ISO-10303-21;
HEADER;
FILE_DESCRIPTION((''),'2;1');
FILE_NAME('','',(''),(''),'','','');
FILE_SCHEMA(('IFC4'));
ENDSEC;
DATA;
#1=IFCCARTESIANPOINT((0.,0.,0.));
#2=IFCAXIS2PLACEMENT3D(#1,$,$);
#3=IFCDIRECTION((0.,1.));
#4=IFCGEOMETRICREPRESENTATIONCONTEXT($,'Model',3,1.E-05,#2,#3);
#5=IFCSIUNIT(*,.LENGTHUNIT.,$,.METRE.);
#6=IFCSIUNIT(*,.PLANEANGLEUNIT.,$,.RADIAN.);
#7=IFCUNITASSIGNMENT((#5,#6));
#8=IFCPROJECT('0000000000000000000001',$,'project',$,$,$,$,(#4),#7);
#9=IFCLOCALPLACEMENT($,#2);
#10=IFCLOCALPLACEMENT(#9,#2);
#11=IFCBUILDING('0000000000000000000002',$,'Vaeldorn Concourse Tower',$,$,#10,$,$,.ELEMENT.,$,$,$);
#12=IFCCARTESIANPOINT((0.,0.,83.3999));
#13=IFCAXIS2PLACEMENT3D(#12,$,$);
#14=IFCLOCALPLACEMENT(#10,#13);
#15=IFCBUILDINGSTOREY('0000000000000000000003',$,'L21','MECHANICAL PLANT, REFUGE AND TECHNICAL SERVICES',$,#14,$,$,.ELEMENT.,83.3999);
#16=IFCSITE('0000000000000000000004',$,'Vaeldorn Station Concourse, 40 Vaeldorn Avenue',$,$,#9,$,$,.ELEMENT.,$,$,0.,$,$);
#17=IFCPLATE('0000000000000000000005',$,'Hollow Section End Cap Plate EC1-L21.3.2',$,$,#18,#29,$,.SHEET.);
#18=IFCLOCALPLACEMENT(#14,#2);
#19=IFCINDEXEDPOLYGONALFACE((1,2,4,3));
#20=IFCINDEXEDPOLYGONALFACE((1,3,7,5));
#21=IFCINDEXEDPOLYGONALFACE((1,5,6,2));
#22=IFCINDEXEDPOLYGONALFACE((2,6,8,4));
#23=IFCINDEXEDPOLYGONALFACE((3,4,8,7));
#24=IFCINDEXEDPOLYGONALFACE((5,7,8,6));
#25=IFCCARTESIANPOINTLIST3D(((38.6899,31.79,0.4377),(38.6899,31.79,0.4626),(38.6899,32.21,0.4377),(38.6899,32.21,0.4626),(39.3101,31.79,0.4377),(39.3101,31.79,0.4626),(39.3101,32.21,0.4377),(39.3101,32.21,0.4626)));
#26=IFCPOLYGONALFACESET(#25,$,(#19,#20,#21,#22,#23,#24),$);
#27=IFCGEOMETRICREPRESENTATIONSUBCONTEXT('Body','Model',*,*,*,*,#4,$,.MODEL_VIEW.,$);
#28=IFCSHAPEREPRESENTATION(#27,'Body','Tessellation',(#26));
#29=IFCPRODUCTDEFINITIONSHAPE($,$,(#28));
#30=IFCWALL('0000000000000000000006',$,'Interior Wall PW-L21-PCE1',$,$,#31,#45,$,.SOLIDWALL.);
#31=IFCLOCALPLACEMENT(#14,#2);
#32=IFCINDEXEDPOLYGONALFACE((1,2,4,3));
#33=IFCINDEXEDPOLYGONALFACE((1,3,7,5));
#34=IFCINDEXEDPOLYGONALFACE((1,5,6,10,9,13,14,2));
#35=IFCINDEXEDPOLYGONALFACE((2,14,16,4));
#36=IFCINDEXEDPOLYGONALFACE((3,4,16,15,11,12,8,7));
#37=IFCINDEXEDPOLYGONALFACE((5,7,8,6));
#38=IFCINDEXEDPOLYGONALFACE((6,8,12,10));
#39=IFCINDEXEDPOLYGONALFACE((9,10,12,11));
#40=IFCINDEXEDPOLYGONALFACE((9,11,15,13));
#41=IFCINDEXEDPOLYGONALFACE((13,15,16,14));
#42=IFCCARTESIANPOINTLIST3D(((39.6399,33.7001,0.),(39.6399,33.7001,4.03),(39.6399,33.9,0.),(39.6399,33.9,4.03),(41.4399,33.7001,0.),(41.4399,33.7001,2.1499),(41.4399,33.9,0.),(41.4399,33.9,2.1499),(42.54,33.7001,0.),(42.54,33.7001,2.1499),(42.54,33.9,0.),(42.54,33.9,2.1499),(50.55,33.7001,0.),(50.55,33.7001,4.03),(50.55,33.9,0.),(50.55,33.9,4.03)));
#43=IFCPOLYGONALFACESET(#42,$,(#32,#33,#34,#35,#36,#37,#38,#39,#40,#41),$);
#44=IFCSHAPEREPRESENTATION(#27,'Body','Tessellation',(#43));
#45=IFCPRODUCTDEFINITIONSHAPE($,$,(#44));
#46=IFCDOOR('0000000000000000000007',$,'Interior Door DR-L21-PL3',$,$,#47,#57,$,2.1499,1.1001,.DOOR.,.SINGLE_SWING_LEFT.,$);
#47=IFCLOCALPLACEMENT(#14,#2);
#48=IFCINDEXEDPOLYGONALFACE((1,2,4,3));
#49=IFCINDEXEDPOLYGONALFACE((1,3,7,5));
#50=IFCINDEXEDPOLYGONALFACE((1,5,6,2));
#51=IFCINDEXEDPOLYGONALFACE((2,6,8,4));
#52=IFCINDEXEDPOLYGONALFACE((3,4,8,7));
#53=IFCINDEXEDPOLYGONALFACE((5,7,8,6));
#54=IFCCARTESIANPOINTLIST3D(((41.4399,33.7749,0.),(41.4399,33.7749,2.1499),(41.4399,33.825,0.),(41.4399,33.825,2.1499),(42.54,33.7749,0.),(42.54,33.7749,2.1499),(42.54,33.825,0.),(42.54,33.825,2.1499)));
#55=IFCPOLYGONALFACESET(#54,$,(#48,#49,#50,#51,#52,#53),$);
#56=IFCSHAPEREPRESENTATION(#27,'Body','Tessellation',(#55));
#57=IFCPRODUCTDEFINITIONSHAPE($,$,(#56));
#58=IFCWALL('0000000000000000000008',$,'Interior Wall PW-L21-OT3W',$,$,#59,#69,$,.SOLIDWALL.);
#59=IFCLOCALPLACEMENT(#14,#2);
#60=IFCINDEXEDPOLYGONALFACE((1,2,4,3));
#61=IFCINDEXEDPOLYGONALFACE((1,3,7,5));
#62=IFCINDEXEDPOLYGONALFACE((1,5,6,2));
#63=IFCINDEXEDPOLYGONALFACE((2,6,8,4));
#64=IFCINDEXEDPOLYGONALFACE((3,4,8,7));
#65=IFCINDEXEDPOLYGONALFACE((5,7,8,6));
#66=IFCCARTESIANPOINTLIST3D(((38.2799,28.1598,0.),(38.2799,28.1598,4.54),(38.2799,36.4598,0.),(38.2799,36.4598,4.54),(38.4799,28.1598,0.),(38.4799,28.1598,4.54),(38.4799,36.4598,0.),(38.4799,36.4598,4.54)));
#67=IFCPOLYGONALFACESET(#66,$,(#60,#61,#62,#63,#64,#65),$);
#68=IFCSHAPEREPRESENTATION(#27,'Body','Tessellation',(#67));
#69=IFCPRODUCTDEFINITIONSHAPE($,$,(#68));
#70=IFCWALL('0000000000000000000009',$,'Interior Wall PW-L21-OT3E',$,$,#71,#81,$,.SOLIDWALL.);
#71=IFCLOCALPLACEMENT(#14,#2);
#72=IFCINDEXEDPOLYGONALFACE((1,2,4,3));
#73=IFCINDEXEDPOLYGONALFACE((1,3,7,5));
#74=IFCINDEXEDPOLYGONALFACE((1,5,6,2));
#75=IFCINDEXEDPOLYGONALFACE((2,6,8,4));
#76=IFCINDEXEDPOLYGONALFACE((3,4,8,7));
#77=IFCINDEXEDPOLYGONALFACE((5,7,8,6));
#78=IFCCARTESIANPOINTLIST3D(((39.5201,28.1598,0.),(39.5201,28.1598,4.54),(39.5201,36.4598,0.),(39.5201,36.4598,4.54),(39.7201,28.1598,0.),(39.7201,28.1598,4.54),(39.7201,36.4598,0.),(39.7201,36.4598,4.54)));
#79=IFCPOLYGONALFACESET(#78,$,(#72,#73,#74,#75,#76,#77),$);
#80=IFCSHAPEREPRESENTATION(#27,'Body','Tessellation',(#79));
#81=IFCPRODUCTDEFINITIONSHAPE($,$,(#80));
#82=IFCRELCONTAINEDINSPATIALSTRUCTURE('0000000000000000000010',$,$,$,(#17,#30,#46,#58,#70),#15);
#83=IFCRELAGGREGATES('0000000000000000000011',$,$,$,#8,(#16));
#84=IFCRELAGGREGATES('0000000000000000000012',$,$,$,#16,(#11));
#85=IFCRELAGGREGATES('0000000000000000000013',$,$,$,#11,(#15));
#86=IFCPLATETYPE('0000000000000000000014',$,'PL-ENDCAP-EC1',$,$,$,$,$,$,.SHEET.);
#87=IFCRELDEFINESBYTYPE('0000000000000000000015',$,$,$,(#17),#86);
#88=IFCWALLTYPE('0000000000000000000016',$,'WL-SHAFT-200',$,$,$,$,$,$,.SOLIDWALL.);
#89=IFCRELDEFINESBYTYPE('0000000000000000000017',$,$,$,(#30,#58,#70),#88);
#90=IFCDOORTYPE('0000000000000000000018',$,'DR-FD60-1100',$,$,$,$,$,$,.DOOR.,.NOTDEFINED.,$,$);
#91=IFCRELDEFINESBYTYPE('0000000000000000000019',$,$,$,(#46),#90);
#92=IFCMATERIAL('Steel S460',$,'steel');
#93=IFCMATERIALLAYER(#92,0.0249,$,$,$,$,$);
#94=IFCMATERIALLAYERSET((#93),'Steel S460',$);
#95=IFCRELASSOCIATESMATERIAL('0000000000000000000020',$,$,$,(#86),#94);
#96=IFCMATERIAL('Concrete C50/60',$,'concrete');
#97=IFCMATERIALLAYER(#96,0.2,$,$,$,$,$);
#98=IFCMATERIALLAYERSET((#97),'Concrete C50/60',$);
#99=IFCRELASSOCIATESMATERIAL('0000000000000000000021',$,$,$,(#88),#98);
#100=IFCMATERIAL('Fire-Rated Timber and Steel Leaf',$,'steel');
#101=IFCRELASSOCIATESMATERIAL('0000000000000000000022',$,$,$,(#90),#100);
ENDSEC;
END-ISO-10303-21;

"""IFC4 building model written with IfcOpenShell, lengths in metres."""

from ifc_helpers import new_model, si_unit, direction, frame, frame_2d, origin, origin_2d, place, context, subcontext, project, spatial, rectangle, extrude, source, transform, mapped, material, layer, layer_set, type_object, element, fill, save


model = new_model("IFC4")

# Units and contexts
model_context = context("Model", 3, precision=1e-05, world=origin(), true_north=direction((0.0, 1.0)))
body_context = subcontext(model_context, "Body", "Model", "MODEL_VIEW")
ifc_project = project(units=[si_unit("LENGTHUNIT", "METRE"), si_unit("PLANEANGLEUNIT", "RADIAN")], contexts=[model_context])

# Site, building, storey
site_placement = place(None, origin())
site = spatial("IfcSite", under=ifc_project, at=site_placement, Name="Vaeldorn Station Concourse, 40 Vaeldorn Avenue", CompositionType="ELEMENT", RefElevation=0.0)
building_placement = place(site_placement, origin())
building = spatial("IfcBuilding", under=site, at=building_placement, Name="Vaeldorn Concourse Tower", CompositionType="ELEMENT")
storey_placement = place(building_placement, frame((0.0, 0.0, 83.3999)))
storey = spatial("IfcBuildingStorey", under=building, at=storey_placement, Name="L21", Description="MECHANICAL PLANT, REFUGE AND TECHNICAL SERVICES", CompositionType="ELEMENT", Elevation=83.3999)

# Shared definitions
ifc_material_1 = material(Name="Steel S460", Category="steel")

# Plate
ifc_layer_1 = layer(ifc_material_1, 0.0249)
ifc_layer_set_1 = layer_set([ifc_layer_1], Name="Steel S460")
plate_type_1 = type_object("IfcPlateType", Name="PL-ENDCAP-EC1", PredefinedType="SHEET", material=ifc_layer_set_1)
shared_shape_1 = source(origin(), body_context, "Body", "SweptSolid", [
    extrude(rectangle(XDim=0.6201, YDim=0.4199, at=origin_2d()), origin(), (0.0, 0.0, 1.0), 0.0249),
])
plate_placement = place(storey_placement, frame((39.0, 32.0, 0.4377), z_axis=(0.0, 0.0, 1.0), x_axis=(1.0, 0.0, 0.0)))
element("IfcPlate", 1, at=plate_placement, inside=storey, type_object=plate_type_1, Name="Hollow Section End Cap Plate EC1-L21.3.2", PredefinedType="SHEET", context=body_context, shape_type="MappedRepresentation", body=[
    mapped(shared_shape_1, transform((0.0, 0.0, 0.0), scale=1.0)),
])

# Wall, opening, door
ifc_material_2 = material(Name="Concrete C50/60", Category="concrete")
ifc_layer_2 = layer(ifc_material_2, 0.2)
ifc_layer_set_2 = layer_set([ifc_layer_2], Name="Concrete C50/60")
wall_type = type_object("IfcWallType", Name="WL-SHAFT-200", PredefinedType="SOLIDWALL", material=ifc_layer_set_2)
wall_placement = place(storey_placement, frame((39.6399, 33.8, 0.0), z_axis=(0.0, 0.0, 1.0), x_axis=(1.0, 0.0, 0.0)))
wall = element("IfcWall", 2, at=wall_placement, inside=storey, type_object=wall_type, Name="Interior Wall PW-L21-PCE1", PredefinedType="SOLIDWALL", context=body_context, shape_type="SweptSolid", body=[
    extrude(rectangle(XDim=10.9102, YDim=0.2, at=frame_2d((5.4551, 0.0))), origin(), (0.0, 0.0, 1.0), 4.03),
])
opening_placement = place(wall_placement, frame((1.8, 0.0, 0.0)))
opening = element("IfcOpeningElement", 3, at=opening_placement, cuts=wall, PredefinedType="OPENING", context=body_context, shape_type="SweptSolid", body=[
    extrude(rectangle(XDim=1.1001, YDim=2.1499, at=frame_2d((0.55, 1.075))), frame((0.0, 0.1099, 0.0), z_axis=(0.0, -1.0, 0.0), x_axis=(1.0, 0.0, 0.0)), (0.0, 0.0, 1.0), 0.22),
])
ifc_material_3 = material(Name="Fire-Rated Timber and Steel Leaf", Category="steel")
door_type = type_object("IfcDoorType", Name="DR-FD60-1100", OperationType="NOTDEFINED", PredefinedType="DOOR", material=ifc_material_3)
shared_shape_2 = source(origin(), body_context, "Body", "SweptSolid", [
    extrude(rectangle(XDim=1.1001, YDim=2.1499, at=frame_2d((0.55, 1.075))), frame((0.0, 0.0249, 0.0), z_axis=(0.0, -1.0, 0.0), x_axis=(1.0, 0.0, 0.0)), (0.0, 0.0, 1.0), 0.05),
])
door_placement = place(opening_placement, origin())
door = element("IfcDoor", 4, at=door_placement, inside=storey, type_object=door_type, Name="Interior Door DR-L21-PL3", OperationType="SINGLE_SWING_LEFT", OverallHeight=2.1499, OverallWidth=1.1001, PredefinedType="DOOR", context=body_context, shape_type="MappedRepresentation", body=[
    mapped(shared_shape_2, transform((0.0, 0.0, 0.0), scale=1.0)),
])
fill(opening, door)

# Walls
for number, where, z_axis, x_axis, name in (
    (5, (38.3799, 28.1599, 0.0), (0.0, 0.0, 1.0), (0.0, 1.0, 0.0), "Interior Wall PW-L21-OT3W"),
    (6, (39.6201, 28.1599, 0.0), (0.0, 0.0, 1.0), (0.0, 1.0, 0.0), "Interior Wall PW-L21-OT3E"),
):
    element("IfcWall", number, at=place(storey_placement, frame(where, z_axis=z_axis, x_axis=x_axis)), inside=storey, type_object=wall_type, Name=name, PredefinedType="SOLIDWALL", context=body_context, shape_type="SweptSolid", body=[
        extrude(rectangle(XDim=8.3, YDim=0.2, at=frame_2d((4.1499, 0.0))), origin(), (0.0, 0.0, 1.0), 4.54),
    ])

save(model, "model.ifc")
